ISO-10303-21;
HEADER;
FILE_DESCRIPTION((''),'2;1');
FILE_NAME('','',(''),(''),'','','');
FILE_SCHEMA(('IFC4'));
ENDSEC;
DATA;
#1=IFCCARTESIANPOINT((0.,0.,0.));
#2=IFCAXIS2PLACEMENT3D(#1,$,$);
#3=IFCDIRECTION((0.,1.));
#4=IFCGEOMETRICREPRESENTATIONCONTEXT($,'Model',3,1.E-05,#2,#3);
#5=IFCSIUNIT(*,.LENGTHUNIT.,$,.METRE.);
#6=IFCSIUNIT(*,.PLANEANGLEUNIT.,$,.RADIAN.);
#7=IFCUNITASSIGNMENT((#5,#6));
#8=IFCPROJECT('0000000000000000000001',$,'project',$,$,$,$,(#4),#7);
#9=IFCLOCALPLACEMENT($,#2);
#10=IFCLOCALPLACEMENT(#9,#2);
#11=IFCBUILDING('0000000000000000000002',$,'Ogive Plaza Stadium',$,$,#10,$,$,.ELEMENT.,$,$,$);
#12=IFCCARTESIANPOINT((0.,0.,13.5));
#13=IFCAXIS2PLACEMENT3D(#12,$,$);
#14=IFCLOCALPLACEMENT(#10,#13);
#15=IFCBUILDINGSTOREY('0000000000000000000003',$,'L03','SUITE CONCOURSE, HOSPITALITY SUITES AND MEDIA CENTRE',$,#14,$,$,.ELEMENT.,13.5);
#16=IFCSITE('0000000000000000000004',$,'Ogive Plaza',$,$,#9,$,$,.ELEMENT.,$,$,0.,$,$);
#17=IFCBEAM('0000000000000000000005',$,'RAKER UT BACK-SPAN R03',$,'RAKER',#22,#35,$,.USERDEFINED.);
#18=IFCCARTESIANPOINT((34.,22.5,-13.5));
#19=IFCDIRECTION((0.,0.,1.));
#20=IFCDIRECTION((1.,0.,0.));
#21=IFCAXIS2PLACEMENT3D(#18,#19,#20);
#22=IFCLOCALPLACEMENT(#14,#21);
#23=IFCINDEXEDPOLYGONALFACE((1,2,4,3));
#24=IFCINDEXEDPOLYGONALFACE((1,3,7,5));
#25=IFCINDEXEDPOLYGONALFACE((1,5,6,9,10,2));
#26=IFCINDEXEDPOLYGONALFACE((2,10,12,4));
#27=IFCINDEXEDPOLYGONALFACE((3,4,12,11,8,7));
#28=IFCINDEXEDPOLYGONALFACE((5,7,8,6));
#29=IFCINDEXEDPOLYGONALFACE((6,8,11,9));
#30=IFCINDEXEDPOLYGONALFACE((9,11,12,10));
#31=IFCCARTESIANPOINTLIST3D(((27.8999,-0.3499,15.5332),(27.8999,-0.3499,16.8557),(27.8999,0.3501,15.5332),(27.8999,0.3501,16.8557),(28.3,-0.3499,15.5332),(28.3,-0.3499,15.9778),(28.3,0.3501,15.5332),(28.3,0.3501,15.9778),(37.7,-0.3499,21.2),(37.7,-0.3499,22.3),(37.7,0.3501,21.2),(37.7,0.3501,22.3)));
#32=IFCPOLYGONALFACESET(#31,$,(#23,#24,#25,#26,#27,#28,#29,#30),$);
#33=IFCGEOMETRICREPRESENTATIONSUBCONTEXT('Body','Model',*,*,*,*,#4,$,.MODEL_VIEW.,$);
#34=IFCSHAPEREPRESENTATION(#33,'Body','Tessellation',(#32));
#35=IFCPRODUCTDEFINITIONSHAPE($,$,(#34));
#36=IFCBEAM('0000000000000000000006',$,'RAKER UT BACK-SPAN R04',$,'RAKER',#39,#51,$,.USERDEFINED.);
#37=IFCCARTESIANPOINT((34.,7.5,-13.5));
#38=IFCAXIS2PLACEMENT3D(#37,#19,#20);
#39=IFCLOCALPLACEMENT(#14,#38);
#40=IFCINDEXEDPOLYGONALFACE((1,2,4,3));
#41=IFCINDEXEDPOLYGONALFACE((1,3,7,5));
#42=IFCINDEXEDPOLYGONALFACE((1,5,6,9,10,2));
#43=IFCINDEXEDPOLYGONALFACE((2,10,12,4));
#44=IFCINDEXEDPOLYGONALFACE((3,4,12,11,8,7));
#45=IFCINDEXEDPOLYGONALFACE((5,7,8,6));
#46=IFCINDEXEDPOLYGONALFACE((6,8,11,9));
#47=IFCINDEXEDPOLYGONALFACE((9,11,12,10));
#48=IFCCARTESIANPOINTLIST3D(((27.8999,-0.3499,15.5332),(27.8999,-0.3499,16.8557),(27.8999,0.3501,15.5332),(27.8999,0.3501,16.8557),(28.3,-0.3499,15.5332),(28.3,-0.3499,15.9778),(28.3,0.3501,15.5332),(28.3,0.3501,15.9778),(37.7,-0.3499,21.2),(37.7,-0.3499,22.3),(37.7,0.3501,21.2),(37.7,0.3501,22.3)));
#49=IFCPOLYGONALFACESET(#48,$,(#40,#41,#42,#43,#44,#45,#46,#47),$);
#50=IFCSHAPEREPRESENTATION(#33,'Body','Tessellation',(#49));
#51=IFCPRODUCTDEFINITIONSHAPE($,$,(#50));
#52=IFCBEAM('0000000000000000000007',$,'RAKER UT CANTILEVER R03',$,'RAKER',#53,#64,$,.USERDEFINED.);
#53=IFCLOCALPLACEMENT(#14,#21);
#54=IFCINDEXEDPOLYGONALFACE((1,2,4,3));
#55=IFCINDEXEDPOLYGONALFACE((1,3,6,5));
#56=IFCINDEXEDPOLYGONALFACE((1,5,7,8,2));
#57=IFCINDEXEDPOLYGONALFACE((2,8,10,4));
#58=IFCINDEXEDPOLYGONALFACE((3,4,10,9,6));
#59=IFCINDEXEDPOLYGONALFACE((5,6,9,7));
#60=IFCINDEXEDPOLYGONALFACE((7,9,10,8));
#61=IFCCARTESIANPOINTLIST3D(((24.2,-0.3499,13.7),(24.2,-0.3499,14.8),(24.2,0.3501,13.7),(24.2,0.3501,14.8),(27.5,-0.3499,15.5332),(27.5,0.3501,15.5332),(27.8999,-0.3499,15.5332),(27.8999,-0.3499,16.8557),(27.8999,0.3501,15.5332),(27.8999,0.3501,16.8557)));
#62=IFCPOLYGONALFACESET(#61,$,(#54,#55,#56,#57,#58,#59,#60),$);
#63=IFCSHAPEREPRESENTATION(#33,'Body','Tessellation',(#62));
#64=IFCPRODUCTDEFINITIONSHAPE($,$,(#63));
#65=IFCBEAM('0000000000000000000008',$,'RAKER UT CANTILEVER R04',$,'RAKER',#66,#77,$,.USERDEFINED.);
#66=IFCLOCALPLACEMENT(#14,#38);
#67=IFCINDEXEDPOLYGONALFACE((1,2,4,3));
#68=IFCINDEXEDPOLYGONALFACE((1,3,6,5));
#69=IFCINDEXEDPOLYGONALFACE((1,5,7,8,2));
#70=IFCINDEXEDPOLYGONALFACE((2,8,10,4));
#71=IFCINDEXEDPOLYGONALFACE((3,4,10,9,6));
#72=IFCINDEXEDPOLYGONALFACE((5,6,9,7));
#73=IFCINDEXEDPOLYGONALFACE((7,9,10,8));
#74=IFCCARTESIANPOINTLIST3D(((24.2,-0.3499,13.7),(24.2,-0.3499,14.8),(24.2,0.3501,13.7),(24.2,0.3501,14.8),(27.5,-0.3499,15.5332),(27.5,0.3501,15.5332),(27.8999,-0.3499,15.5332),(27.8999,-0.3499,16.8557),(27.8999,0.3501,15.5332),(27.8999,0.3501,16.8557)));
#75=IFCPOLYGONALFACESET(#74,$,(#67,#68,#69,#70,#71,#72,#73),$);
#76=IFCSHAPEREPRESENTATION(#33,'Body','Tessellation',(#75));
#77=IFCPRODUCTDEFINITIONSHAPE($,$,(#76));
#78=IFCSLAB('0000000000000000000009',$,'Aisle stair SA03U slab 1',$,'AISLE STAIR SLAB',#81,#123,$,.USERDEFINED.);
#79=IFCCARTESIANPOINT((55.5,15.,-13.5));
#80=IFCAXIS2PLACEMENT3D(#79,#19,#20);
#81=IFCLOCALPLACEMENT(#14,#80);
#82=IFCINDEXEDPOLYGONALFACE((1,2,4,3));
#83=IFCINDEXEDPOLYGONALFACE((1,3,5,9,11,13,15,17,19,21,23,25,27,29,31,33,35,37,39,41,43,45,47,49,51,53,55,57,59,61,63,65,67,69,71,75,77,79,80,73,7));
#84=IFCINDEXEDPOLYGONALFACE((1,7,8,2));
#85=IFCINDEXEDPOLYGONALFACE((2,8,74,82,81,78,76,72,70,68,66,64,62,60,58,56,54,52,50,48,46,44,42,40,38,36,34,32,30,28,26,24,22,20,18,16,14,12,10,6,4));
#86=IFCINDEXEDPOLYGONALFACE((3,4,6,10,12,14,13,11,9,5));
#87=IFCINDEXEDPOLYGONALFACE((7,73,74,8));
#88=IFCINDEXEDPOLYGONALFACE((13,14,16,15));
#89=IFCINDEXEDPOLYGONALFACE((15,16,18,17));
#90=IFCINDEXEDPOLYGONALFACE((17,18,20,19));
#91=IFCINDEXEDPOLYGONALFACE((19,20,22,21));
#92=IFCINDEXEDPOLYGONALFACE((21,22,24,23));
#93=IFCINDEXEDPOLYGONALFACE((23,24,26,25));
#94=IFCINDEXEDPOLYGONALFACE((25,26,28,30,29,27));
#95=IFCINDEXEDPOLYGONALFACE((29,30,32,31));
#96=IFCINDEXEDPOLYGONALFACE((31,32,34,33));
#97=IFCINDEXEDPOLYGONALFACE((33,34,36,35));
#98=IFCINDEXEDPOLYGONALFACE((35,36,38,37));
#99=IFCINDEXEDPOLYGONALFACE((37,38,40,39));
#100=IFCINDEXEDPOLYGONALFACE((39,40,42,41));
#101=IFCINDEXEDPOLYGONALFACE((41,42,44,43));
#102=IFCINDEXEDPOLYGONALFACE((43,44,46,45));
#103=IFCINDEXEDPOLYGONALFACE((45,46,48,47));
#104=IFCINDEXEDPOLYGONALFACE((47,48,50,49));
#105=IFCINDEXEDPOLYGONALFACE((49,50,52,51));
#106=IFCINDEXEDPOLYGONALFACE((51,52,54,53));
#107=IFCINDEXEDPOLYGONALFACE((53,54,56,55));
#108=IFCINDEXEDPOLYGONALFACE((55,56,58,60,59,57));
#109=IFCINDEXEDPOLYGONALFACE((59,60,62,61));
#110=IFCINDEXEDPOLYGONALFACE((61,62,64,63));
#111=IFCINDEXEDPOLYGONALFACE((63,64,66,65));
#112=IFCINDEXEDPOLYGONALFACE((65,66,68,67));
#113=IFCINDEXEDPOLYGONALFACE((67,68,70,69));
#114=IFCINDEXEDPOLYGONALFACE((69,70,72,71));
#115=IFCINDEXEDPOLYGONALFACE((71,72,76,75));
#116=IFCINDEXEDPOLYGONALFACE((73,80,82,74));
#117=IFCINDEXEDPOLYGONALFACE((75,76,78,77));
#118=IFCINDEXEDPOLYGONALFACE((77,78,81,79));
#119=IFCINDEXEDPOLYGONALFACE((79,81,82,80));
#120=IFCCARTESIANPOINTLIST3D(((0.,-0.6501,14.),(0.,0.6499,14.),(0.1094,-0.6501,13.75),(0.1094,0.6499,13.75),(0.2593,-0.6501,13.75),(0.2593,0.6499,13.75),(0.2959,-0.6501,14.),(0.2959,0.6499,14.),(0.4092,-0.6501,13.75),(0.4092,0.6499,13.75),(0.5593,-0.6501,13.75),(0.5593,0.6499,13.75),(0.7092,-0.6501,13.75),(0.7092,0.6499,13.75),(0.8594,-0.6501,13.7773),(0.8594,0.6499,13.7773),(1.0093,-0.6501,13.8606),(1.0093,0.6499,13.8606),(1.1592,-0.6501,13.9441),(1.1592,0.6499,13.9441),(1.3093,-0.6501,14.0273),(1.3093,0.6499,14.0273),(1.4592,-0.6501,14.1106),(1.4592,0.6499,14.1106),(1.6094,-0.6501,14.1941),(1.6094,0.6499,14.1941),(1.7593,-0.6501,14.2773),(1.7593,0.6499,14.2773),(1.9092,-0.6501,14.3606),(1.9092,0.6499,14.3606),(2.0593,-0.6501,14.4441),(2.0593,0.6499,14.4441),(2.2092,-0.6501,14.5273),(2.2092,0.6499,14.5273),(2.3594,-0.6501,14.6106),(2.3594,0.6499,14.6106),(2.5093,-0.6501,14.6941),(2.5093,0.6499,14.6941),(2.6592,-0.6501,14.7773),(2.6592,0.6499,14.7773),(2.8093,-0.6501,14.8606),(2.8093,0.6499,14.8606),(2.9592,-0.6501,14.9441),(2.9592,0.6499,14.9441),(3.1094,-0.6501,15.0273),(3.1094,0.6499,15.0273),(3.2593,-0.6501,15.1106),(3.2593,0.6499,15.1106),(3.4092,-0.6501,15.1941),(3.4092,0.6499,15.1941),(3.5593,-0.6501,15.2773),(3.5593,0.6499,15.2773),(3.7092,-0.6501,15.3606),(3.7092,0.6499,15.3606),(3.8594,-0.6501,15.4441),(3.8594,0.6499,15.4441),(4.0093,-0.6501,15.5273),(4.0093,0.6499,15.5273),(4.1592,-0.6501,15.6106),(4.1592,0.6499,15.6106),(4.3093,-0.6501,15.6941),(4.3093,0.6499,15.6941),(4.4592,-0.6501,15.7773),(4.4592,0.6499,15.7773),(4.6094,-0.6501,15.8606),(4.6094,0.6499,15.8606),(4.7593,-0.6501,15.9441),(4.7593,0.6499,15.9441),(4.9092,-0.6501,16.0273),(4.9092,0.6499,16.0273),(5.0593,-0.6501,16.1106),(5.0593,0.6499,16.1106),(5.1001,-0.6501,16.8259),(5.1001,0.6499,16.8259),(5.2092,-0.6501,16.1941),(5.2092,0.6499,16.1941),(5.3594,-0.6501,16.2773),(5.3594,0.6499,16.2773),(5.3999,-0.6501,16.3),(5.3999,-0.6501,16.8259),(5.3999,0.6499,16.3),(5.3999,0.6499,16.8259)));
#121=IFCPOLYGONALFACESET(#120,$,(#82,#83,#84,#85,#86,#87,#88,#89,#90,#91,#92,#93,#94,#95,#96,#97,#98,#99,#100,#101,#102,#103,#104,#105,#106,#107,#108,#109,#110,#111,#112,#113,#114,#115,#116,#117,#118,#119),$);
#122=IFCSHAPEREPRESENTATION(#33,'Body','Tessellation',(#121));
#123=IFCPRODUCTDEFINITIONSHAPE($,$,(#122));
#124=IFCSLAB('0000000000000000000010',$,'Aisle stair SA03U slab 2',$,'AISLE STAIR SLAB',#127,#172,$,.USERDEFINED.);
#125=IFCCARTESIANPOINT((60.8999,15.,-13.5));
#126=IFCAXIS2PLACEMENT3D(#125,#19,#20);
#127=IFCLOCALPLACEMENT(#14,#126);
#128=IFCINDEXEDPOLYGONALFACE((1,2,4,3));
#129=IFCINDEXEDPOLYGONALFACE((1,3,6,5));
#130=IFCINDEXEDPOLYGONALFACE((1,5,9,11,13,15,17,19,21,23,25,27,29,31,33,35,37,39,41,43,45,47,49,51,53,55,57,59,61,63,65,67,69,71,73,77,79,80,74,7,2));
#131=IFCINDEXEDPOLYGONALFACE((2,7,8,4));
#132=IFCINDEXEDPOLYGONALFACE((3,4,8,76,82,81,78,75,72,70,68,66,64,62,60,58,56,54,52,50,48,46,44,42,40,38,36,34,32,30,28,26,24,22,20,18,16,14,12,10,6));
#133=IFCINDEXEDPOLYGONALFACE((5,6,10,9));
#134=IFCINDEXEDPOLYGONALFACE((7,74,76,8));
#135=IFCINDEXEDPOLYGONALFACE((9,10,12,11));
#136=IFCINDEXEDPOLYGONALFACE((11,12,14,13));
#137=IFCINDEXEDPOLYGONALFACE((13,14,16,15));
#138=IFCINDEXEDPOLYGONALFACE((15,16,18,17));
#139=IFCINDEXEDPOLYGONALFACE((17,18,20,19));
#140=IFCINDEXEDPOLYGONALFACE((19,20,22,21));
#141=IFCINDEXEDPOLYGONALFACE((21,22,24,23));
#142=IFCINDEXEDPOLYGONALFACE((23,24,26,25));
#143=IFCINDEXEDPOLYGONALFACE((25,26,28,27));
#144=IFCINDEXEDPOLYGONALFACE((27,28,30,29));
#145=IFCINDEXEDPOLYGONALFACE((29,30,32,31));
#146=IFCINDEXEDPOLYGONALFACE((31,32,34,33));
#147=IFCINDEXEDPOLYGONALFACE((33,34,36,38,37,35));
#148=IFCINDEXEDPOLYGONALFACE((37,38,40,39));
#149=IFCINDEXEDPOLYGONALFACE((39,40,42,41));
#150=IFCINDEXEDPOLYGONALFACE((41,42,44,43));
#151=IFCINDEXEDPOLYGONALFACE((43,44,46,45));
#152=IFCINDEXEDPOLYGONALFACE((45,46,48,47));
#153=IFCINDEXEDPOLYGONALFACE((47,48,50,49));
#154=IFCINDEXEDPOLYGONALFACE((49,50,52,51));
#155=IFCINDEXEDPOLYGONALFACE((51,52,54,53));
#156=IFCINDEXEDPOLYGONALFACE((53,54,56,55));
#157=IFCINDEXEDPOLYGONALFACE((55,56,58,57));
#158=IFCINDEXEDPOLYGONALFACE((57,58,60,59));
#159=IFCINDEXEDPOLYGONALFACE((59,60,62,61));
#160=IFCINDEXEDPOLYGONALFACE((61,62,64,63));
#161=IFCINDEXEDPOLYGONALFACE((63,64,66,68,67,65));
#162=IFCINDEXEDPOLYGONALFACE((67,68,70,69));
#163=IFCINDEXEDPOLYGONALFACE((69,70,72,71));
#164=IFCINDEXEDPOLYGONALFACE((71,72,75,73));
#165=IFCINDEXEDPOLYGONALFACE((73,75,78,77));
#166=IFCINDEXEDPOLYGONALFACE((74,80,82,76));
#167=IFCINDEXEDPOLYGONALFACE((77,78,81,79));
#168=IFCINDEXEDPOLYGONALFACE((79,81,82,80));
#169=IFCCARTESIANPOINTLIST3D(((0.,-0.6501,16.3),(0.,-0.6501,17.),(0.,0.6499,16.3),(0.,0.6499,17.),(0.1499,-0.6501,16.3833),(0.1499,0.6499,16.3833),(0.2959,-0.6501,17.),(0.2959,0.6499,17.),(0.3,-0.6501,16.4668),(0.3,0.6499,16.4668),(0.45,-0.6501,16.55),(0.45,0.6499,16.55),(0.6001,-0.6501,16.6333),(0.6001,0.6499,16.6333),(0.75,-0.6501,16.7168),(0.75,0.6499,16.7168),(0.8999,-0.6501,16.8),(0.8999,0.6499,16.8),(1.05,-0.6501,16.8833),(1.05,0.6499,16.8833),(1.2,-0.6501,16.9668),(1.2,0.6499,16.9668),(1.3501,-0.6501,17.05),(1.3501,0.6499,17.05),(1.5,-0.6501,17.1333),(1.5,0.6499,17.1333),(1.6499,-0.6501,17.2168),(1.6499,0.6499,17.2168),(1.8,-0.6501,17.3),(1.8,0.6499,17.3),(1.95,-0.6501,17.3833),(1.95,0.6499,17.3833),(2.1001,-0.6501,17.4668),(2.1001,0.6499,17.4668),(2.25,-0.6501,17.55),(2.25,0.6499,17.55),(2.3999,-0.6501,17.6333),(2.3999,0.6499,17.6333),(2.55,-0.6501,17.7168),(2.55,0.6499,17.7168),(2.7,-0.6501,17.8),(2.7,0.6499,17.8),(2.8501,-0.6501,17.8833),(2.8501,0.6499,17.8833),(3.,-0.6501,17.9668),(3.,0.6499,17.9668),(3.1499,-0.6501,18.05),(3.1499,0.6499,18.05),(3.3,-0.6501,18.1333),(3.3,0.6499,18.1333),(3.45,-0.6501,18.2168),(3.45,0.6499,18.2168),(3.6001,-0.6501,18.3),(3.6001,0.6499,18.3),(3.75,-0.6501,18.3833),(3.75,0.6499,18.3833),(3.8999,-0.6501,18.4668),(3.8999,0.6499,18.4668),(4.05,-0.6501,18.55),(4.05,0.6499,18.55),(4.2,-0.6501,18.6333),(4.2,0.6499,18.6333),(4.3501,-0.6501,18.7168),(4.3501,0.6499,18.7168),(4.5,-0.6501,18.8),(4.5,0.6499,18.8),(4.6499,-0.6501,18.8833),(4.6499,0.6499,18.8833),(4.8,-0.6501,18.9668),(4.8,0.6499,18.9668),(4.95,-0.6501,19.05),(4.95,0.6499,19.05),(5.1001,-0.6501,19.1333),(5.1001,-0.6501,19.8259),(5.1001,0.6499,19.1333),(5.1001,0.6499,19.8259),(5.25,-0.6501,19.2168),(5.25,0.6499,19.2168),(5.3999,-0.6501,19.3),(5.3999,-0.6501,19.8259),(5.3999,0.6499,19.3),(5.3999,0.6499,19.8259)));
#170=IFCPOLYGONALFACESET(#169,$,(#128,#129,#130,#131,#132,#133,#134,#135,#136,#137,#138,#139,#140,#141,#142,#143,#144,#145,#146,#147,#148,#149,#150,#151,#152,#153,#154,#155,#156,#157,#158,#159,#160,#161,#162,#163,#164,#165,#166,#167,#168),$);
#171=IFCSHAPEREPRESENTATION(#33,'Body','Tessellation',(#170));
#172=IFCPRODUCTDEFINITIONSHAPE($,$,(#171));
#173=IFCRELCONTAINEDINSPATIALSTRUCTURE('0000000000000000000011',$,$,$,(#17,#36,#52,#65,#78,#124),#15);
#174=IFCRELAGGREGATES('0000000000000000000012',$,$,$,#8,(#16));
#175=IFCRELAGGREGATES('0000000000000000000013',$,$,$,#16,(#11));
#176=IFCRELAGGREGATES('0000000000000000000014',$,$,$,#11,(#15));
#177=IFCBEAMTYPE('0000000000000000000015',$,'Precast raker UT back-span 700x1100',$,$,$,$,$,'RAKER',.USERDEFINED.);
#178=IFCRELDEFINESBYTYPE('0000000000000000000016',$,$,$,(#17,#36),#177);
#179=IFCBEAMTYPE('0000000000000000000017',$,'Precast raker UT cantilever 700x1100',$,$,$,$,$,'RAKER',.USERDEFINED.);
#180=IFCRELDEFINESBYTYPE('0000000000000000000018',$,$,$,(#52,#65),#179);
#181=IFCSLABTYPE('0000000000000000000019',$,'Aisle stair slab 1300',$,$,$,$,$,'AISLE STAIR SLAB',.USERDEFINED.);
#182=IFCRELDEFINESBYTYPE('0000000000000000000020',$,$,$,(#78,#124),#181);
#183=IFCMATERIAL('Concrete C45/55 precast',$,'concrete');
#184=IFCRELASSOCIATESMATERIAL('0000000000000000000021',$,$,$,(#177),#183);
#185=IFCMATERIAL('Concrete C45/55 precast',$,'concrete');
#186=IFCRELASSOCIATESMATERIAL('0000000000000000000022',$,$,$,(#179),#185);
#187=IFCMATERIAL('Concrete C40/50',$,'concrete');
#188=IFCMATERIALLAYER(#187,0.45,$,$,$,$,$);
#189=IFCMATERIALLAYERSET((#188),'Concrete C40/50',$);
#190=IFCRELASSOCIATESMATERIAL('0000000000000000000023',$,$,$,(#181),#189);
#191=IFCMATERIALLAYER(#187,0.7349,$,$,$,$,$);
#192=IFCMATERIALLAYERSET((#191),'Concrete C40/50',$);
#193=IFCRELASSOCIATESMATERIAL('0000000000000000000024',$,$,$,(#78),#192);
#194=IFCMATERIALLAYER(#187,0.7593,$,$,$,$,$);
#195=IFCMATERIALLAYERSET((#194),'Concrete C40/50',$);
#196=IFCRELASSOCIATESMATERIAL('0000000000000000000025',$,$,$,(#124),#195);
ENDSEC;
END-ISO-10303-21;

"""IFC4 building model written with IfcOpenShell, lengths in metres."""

from ifc_helpers import new_model, si_unit, direction, frame, origin, origin_2d, place, context, subcontext, project, spatial, polyline, rectangle, outline, extrude, material, layer, layer_set, material_profile, profile_set, type_object, element, save


model = new_model("IFC4")

# Units and contexts
model_context = context("Model", 3, precision=1e-05, world=origin(), true_north=direction((0.0, 1.0)))
body_context = subcontext(model_context, "Body", "Model", "MODEL_VIEW")
ifc_project = project(units=[si_unit("LENGTHUNIT", "METRE"), si_unit("PLANEANGLEUNIT", "RADIAN")], contexts=[model_context])

# Site, building, storey
site_placement = place(None, origin())
site = spatial("IfcSite", under=ifc_project, at=site_placement, Name="Ogive Plaza", CompositionType="ELEMENT", RefElevation=0.0)
building_placement = place(site_placement, origin())
building = spatial("IfcBuilding", under=site, at=building_placement, Name="Ogive Plaza Stadium", CompositionType="ELEMENT")
storey_placement = place(building_placement, frame((0.0, 0.0, 13.5)))
storey = spatial("IfcBuildingStorey", under=building, at=storey_placement, Name="L03", Description="SUITE CONCOURSE, HOSPITALITY SUITES AND MEDIA CENTRE", CompositionType="ELEMENT", Elevation=13.5)

# Beams
ifc_material_1 = material(Name="Concrete C45/55 precast", Category="concrete")
ifc_material_profile_1 = material_profile(ifc_material_1, rectangle(XDim=0.7, YDim=1.1001, at=origin_2d()), Name="RC 700x1100")
ifc_profile_set_1 = profile_set([ifc_material_profile_1], Name="Concrete C45/55 precast")
beam_type_1 = type_object("IfcBeamType", Name="Precast raker UT back-span 700x1100", ElementType="RAKER", PredefinedType="USERDEFINED", material=ifc_profile_set_1)
for number, where, z_axis, x_axis, name in (
    (1, (34.0, 22.5, -13.5), (0.0, 0.0, 1.0), (1.0, 0.0, 0.0), "RAKER UT BACK-SPAN R03"),
    (2, (34.0, 7.5, -13.5), (0.0, 0.0, 1.0), (1.0, 0.0, 0.0), "RAKER UT BACK-SPAN R04"),
):
    element("IfcBeam", number, at=place(storey_placement, frame(where, z_axis=z_axis, x_axis=x_axis)), inside=storey, type_object=beam_type_1, Name=name, ObjectType="RAKER", PredefinedType="USERDEFINED", context=body_context, shape_type="SweptSolid", body=[
        extrude(outline(polyline([(27.8999, 15.5332), (28.3, 15.5332), (28.3, 15.9778), (37.7, 21.2), (37.7, 22.3), (27.8999, 16.8557), (27.8999, 15.5332)])), frame((0.0, 0.3501, 0.0), z_axis=(0.0, -1.0, 0.0), x_axis=(1.0, 0.0, 0.0)), (0.0, 0.0, 1.0), 0.7),
    ])
ifc_material_2 = material(Name="Concrete C45/55 precast", Category="concrete")
ifc_material_profile_2 = material_profile(ifc_material_2, rectangle(XDim=0.7, YDim=1.1001, at=origin_2d()), Name="RC 700x1100")
ifc_profile_set_2 = profile_set([ifc_material_profile_2], Name="Concrete C45/55 precast")
beam_type_2 = type_object("IfcBeamType", Name="Precast raker UT cantilever 700x1100", ElementType="RAKER", PredefinedType="USERDEFINED", material=ifc_profile_set_2)
for number, where, z_axis, x_axis, name in (
    (3, (34.0, 22.5, -13.5), (0.0, 0.0, 1.0), (1.0, 0.0, 0.0), "RAKER UT CANTILEVER R03"),
    (4, (34.0, 7.5, -13.5), (0.0, 0.0, 1.0), (1.0, 0.0, 0.0), "RAKER UT CANTILEVER R04"),
):
    element("IfcBeam", number, at=place(storey_placement, frame(where, z_axis=z_axis, x_axis=x_axis)), inside=storey, type_object=beam_type_2, Name=name, ObjectType="RAKER", PredefinedType="USERDEFINED", context=body_context, shape_type="SweptSolid", body=[
        extrude(outline(polyline([(24.2, 13.7), (27.5, 15.5332), (27.8999, 15.5332), (27.8999, 16.8557), (24.2, 14.8), (24.2, 13.7)])), frame((0.0, 0.3501, 0.0), z_axis=(0.0, -1.0, 0.0), x_axis=(1.0, 0.0, 0.0)), (0.0, 0.0, 1.0), 0.7),
    ])

# Slabs
ifc_material_3 = material(Name="Concrete C40/50", Category="concrete")
ifc_layer_1 = layer(ifc_material_3, 0.7349)
ifc_layer_set_1 = layer_set([ifc_layer_1], Name="Concrete C40/50")
ifc_layer_2 = layer(ifc_material_3, 0.45)
ifc_layer_set_2 = layer_set([ifc_layer_2], Name="Concrete C40/50")
slab_type_1 = type_object("IfcSlabType", Name="Aisle stair slab 1300", ElementType="AISLE STAIR SLAB", PredefinedType="USERDEFINED", material=ifc_layer_set_2)
slab_1_placement = place(storey_placement, frame((55.5, 15.0, -13.5), z_axis=(0.0, 0.0, 1.0), x_axis=(1.0, 0.0, 0.0)))
element("IfcSlab", 5, at=slab_1_placement, inside=storey, type_object=slab_type_1, material=ifc_layer_set_1, Name="Aisle stair SA03U slab 1", ObjectType="AISLE STAIR SLAB", PredefinedType="USERDEFINED", context=body_context, shape_type="SweptSolid", body=[
    extrude(outline(polyline([(0.0, 14.0), (0.2959, 14.0), (5.1001, 16.8259), (5.3999, 16.8259), (5.3999, 16.3), (5.3594, 16.2773), (5.2092, 16.1941), (5.0593, 16.1106), (4.9092, 16.0273), (4.7593, 15.9441), (4.6094, 15.8606), (4.4592, 15.7773), (4.3093, 15.6941), (4.1592, 15.6106), (4.0093, 15.5273), (3.8594, 15.4441), (3.7092, 15.3606), (3.5593, 15.2773), (3.4092, 15.1941), (3.2593, 15.1106), (3.1094, 15.0273), (2.9592, 14.9441), (2.8093, 14.8606), (2.6592, 14.7773), (2.5093, 14.6941), (2.3594, 14.6106), (2.2092, 14.5273), (2.0593, 14.4441), (1.9092, 14.3606), (1.7593, 14.2773), (1.6094, 14.1941), (1.4592, 14.1106), (1.3093, 14.0273), (1.1592, 13.9441), (1.0093, 13.8606), (0.8594, 13.7773), (0.7092, 13.75), (0.5593, 13.75), (0.4092, 13.75), (0.2593, 13.75), (0.1094, 13.75), (0.0, 14.0)])), frame((0.0, 0.6499, 0.0), z_axis=(0.0, -1.0, 0.0), x_axis=(1.0, 0.0, 0.0)), (0.0, 0.0, 1.0), 1.3),
])
ifc_layer_3 = layer(ifc_material_3, 0.7593)
ifc_layer_set_3 = layer_set([ifc_layer_3], Name="Concrete C40/50")
slab_2_placement = place(storey_placement, frame((60.8999, 15.0, -13.5), z_axis=(0.0, 0.0, 1.0), x_axis=(1.0, 0.0, 0.0)))
element("IfcSlab", 6, at=slab_2_placement, inside=storey, type_object=slab_type_1, material=ifc_layer_set_3, Name="Aisle stair SA03U slab 2", ObjectType="AISLE STAIR SLAB", PredefinedType="USERDEFINED", context=body_context, shape_type="SweptSolid", body=[
    extrude(outline(polyline([(0.0, 17.0), (0.2959, 17.0), (5.1001, 19.8259), (5.3999, 19.8259), (5.3999, 19.3), (5.25, 19.2168), (5.1001, 19.1333), (4.95, 19.05), (4.8, 18.9668), (4.6499, 18.8833), (4.5, 18.8), (4.3501, 18.7168), (4.2, 18.6333), (4.05, 18.55), (3.8999, 18.4668), (3.75, 18.3833), (3.6001, 18.3), (3.45, 18.2168), (3.3, 18.1333), (3.1499, 18.05), (3.0, 17.9668), (2.8501, 17.8833), (2.7, 17.8), (2.55, 17.7168), (2.3999, 17.6333), (2.25, 17.55), (2.1001, 17.4668), (1.95, 17.3833), (1.8, 17.3), (1.6499, 17.2168), (1.5, 17.1333), (1.3501, 17.05), (1.2, 16.9668), (1.05, 16.8833), (0.8999, 16.8), (0.75, 16.7168), (0.6001, 16.6333), (0.45, 16.55), (0.3, 16.4668), (0.1499, 16.3833), (0.0, 16.3), (0.0, 17.0)])), frame((0.0, 0.6499, 0.0), z_axis=(0.0, -1.0, 0.0), x_axis=(1.0, 0.0, 0.0)), (0.0, 0.0, 1.0), 1.3),
])

save(model, "model.ifc")
